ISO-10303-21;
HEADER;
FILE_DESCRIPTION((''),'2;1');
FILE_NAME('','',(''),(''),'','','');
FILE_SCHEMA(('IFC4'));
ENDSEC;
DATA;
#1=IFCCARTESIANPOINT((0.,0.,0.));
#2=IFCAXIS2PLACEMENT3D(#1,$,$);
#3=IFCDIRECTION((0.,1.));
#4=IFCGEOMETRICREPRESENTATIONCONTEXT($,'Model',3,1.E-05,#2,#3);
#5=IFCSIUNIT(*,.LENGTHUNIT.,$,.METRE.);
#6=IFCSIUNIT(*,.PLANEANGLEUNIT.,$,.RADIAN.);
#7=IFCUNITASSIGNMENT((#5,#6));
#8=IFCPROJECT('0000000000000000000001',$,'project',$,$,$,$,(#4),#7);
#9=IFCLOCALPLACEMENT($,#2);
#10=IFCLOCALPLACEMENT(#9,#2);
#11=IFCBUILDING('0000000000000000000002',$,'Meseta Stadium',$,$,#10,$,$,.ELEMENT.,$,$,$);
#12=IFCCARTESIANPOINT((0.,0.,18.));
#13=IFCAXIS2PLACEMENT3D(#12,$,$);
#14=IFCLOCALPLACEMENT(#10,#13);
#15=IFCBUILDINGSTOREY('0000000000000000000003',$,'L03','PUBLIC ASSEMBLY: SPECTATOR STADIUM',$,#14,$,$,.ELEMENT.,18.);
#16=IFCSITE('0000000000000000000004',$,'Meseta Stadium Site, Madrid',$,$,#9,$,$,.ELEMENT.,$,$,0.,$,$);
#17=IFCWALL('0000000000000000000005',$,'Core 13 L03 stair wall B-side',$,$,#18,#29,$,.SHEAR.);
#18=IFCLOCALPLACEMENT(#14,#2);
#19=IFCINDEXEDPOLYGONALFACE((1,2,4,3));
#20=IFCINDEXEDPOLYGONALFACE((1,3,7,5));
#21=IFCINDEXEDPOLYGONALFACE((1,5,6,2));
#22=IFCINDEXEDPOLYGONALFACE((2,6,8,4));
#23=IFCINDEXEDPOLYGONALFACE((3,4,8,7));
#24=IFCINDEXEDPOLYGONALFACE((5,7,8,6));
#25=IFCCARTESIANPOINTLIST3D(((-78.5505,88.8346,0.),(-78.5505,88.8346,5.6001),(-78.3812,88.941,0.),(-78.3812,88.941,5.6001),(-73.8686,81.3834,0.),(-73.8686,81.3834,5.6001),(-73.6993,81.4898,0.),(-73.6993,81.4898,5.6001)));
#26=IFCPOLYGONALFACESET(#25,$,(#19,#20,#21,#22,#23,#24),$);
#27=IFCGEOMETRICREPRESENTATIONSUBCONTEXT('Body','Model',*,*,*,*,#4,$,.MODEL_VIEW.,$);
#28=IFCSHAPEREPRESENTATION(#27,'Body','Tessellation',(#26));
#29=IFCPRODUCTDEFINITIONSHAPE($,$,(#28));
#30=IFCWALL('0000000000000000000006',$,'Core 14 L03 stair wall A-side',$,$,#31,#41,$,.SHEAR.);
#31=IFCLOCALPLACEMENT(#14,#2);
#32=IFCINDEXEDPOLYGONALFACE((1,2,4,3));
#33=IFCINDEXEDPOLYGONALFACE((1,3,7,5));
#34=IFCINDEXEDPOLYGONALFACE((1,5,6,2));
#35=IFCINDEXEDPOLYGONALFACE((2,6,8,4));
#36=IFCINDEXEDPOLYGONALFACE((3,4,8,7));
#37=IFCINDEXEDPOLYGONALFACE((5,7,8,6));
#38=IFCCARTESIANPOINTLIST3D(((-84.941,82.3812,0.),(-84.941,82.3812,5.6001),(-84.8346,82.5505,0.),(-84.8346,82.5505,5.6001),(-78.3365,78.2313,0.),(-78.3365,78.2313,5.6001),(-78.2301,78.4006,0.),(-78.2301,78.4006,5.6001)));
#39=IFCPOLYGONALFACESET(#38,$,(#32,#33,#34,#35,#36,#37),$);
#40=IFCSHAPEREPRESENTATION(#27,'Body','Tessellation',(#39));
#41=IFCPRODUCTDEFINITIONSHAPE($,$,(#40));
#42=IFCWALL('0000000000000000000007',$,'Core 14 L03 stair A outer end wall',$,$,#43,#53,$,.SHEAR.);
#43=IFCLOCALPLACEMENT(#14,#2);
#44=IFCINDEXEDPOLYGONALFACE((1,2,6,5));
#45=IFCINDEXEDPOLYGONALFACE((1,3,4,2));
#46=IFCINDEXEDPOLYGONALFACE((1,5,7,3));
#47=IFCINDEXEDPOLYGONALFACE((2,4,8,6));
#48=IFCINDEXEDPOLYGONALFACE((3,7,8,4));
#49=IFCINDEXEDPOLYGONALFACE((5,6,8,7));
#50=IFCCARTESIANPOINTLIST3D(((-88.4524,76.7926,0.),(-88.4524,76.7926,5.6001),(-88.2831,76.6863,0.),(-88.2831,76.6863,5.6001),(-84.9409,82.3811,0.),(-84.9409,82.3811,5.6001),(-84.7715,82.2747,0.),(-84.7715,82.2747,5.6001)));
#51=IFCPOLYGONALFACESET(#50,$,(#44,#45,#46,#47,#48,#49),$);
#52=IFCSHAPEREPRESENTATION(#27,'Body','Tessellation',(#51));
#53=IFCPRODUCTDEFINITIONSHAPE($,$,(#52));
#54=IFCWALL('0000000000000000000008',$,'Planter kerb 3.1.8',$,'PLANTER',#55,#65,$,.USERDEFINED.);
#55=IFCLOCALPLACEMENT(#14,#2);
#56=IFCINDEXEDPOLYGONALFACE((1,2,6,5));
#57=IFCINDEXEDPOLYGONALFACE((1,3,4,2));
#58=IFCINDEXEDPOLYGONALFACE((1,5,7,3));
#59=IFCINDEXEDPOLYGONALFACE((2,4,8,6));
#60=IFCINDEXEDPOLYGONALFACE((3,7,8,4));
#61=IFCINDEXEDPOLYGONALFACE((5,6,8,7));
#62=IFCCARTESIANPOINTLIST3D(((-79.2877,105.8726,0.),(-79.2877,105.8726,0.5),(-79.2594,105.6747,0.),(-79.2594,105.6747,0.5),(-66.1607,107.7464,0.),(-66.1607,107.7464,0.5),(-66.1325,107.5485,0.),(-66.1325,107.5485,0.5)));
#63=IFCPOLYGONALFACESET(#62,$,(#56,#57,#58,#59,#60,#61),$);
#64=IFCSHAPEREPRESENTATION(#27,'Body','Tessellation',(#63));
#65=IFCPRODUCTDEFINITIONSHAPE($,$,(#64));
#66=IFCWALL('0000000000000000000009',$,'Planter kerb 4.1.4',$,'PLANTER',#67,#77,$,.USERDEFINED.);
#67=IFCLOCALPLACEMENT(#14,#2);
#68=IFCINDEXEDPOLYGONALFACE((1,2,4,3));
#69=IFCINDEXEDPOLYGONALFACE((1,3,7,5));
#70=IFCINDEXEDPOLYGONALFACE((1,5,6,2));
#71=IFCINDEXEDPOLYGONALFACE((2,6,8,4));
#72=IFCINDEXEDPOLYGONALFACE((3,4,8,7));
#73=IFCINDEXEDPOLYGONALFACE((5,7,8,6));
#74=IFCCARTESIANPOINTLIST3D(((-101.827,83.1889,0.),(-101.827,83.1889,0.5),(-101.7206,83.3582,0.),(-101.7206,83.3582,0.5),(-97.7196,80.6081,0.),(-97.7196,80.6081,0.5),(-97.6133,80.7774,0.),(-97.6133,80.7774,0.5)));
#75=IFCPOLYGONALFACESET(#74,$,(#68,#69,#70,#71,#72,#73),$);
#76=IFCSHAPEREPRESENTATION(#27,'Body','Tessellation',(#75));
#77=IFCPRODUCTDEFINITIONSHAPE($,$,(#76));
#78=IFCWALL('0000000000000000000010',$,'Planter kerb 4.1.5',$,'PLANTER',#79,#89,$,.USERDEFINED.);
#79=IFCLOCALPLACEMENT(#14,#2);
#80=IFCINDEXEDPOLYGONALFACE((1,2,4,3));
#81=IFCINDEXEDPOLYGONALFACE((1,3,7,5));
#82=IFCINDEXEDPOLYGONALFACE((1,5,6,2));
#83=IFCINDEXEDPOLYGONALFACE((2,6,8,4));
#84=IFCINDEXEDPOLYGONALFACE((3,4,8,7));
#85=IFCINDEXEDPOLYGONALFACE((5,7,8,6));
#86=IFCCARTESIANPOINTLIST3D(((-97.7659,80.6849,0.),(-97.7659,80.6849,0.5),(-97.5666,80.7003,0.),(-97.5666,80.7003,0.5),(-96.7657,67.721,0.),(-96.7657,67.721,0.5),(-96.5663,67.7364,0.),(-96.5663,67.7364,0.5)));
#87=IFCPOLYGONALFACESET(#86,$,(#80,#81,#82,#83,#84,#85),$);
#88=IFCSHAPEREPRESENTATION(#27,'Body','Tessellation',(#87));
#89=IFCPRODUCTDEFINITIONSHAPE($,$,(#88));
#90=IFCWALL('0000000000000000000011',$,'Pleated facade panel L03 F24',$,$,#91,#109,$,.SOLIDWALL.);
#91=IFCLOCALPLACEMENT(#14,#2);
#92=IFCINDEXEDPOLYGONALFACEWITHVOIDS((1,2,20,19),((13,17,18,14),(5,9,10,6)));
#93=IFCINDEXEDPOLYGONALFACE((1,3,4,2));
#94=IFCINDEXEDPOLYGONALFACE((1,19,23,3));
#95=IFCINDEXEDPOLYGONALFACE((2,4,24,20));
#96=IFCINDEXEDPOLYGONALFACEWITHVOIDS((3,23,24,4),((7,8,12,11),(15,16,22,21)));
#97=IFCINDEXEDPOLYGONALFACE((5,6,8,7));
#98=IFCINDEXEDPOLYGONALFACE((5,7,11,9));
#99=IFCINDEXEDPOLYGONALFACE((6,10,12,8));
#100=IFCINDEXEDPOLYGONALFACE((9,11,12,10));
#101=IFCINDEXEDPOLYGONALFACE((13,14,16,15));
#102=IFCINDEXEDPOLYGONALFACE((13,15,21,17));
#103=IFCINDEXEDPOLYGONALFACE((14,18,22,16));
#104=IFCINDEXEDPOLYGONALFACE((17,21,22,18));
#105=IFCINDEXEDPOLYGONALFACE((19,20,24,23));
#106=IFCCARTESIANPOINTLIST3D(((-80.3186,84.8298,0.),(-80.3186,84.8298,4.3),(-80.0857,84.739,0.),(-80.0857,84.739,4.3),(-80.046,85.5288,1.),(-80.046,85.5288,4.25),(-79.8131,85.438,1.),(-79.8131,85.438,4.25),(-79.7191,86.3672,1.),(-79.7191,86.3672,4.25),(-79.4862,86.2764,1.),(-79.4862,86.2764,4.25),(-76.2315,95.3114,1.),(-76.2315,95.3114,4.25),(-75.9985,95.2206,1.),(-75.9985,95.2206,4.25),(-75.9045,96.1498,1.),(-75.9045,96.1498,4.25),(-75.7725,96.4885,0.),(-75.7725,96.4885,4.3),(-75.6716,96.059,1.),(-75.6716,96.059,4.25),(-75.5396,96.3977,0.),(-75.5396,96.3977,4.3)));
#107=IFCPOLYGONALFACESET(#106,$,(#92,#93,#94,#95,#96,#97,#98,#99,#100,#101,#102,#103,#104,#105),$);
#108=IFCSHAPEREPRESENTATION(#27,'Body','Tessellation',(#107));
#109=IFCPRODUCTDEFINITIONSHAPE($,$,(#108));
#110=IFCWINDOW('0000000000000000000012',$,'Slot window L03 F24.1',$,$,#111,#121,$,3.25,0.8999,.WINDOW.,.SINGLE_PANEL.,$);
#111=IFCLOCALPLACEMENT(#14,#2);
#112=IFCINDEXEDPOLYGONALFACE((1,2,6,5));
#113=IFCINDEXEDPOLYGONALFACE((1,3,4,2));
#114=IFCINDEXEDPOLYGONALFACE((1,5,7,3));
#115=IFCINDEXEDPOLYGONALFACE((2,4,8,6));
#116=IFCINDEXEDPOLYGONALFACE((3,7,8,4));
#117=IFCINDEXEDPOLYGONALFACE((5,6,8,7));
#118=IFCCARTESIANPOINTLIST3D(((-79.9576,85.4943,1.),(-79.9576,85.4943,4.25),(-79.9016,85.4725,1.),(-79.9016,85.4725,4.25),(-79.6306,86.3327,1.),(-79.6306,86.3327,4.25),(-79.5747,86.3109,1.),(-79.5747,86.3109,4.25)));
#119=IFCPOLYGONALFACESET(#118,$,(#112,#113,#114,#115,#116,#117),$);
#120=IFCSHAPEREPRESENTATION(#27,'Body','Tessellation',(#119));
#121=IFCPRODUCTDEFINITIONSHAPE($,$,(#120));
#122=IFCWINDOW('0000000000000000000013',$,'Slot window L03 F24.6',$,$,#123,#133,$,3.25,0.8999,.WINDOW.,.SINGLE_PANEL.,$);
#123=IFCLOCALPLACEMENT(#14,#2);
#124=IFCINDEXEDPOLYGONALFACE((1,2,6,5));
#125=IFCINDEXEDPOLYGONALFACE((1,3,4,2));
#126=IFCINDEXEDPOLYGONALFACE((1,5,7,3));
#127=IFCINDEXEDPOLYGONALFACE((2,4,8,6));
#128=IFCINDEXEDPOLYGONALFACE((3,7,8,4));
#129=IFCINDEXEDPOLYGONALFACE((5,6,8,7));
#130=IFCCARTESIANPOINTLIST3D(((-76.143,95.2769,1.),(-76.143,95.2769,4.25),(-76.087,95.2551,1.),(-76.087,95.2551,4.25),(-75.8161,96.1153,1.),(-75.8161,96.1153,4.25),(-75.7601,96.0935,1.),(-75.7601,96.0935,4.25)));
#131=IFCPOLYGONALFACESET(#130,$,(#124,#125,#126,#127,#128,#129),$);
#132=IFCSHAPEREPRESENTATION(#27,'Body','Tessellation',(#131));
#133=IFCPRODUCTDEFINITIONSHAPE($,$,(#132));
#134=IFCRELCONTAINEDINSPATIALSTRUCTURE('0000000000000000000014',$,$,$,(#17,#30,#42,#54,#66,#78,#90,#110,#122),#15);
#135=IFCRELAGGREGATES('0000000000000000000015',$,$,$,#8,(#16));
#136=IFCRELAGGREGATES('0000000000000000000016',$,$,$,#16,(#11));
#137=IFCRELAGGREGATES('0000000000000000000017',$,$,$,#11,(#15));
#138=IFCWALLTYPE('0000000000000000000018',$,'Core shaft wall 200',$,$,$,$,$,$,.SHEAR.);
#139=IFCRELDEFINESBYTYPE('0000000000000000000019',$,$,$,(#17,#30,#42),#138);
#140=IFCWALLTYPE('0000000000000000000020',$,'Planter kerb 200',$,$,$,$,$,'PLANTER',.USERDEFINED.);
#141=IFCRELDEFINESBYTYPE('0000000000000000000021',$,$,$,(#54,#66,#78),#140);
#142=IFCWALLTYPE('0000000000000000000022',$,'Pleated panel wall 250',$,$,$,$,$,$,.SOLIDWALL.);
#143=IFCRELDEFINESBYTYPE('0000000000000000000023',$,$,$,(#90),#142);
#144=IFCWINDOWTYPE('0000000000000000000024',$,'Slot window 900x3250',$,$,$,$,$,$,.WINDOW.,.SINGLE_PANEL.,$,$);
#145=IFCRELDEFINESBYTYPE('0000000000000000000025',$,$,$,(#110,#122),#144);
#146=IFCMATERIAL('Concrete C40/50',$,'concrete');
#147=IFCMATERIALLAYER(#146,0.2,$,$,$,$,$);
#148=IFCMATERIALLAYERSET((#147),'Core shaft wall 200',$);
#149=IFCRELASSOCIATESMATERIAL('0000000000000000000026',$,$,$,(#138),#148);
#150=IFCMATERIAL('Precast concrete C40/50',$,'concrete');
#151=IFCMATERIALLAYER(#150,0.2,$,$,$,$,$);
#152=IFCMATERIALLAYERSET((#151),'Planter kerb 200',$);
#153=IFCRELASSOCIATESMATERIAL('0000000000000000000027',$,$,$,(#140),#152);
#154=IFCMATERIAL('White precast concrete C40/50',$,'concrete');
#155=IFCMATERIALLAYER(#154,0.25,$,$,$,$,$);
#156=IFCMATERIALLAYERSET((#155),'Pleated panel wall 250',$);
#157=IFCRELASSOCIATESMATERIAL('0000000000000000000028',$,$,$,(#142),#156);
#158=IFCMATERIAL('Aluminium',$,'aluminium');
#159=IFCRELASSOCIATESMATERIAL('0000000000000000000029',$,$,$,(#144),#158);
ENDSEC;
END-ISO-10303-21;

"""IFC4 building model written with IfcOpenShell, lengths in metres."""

from ifc_helpers import new_model, si_unit, direction, frame, frame_2d, origin, place, context, subcontext, project, spatial, rectangle, extrude, material, layer, layer_set, type_object, element, fill, save


model = new_model("IFC4")

# Units and contexts
model_context = context("Model", 3, precision=1e-05, world=origin(), true_north=direction((0.0, 1.0)))
body_context = subcontext(model_context, "Body", "Model", "MODEL_VIEW")
ifc_project = project(units=[si_unit("LENGTHUNIT", "METRE"), si_unit("PLANEANGLEUNIT", "RADIAN")], contexts=[model_context])

# Site, building, storey
site_placement = place(None, origin())
site = spatial("IfcSite", under=ifc_project, at=site_placement, Name="Meseta Stadium Site, Madrid", CompositionType="ELEMENT", RefElevation=0.0)
building_placement = place(site_placement, origin())
building = spatial("IfcBuilding", under=site, at=building_placement, Name="Meseta Stadium", CompositionType="ELEMENT")
storey_placement = place(building_placement, frame((0.0, 0.0, 18.0)))
storey = spatial("IfcBuildingStorey", under=building, at=storey_placement, Name="L03", Description="PUBLIC ASSEMBLY: SPECTATOR STADIUM", CompositionType="ELEMENT", Elevation=18.0)

# Walls
ifc_material_1 = material(Name="Concrete C40/50", Category="concrete")
ifc_layer_1 = layer(ifc_material_1, 0.2)
ifc_layer_set_1 = layer_set([ifc_layer_1], Name="Core shaft wall 200")
wall_type_1 = type_object("IfcWallType", Name="Core shaft wall 200", PredefinedType="SHEAR", material=ifc_layer_set_1)
wall_1_placement = place(storey_placement, frame((-78.4658, 88.8877, 0.0), z_axis=(0.0, 0.0, 1.0), x_axis=(0.532032, -0.846724, 0.0)))
element("IfcWall", 1, at=wall_1_placement, inside=storey, type_object=wall_type_1, Name="Core 13 L03 stair wall B-side", PredefinedType="SHEAR", context=body_context, shape_type="SweptSolid", body=[
    extrude(rectangle(XDim=8.8, YDim=0.2, at=frame_2d((4.3999, 0.0))), origin(), (0.0, 0.0, 1.0), 5.6001),
])
wall_2_placement = place(storey_placement, frame((-84.8877, 82.4658, 0.0), z_axis=(0.0, 0.0, 1.0), x_axis=(0.846723, -0.532034, 0.0)))
element("IfcWall", 2, at=wall_2_placement, inside=storey, type_object=wall_type_1, Name="Core 14 L03 stair wall A-side", PredefinedType="SHEAR", context=body_context, shape_type="SweptSolid", body=[
    extrude(rectangle(XDim=7.8, YDim=0.2, at=frame_2d((3.8999, 0.0))), origin(), (0.0, 0.0, 1.0), 5.6001),
])
wall_3_placement = place(storey_placement, frame((-84.8562, 82.3279, 0.0), z_axis=(0.0, 0.0, 1.0), x_axis=(-0.532039, -0.84672, 0.0)))
element("IfcWall", 3, at=wall_3_placement, inside=storey, type_object=wall_type_1, Name="Core 14 L03 stair A outer end wall", PredefinedType="SHEAR", context=body_context, shape_type="SweptSolid", body=[
    extrude(rectangle(XDim=6.6001, YDim=0.2, at=frame_2d((3.3, 0.0))), origin(), (0.0, 0.0, 1.0), 5.6001),
])
ifc_material_2 = material(Name="Precast concrete C40/50", Category="concrete")
ifc_layer_2 = layer(ifc_material_2, 0.2)
ifc_layer_set_2 = layer_set([ifc_layer_2], Name="Planter kerb 200")
wall_type_2 = type_object("IfcWallType", Name="Planter kerb 200", ElementType="PLANTER", PredefinedType="USERDEFINED", material=ifc_layer_set_2)
wall_4_placement = place(storey_placement, frame((-79.2734, 105.7737, 0.0), z_axis=(0.0, 0.0, 1.0), x_axis=(0.989965, 0.141311, 0.0)))
element("IfcWall", 4, at=wall_4_placement, inside=storey, type_object=wall_type_2, Name="Planter kerb 3.1.8", ObjectType="PLANTER", PredefinedType="USERDEFINED", context=body_context, shape_type="SweptSolid", body=[
    extrude(rectangle(XDim=13.26, YDim=0.2, at=frame_2d((6.6299, 0.0))), origin(), (0.0, 0.0, 1.0), 0.5),
])
wall_5_placement = place(storey_placement, frame((-101.7737, 83.2734, 0.0), z_axis=(0.0, 0.0, 1.0), x_axis=(0.846729, -0.532024, 0.0)))
element("IfcWall", 5, at=wall_5_placement, inside=storey, type_object=wall_type_2, Name="Planter kerb 4.1.4", ObjectType="PLANTER", PredefinedType="USERDEFINED", context=body_context, shape_type="SweptSolid", body=[
    extrude(rectangle(XDim=4.8508, YDim=0.2, at=frame_2d((2.4253, 0.0))), origin(), (0.0, 0.0, 1.0), 0.5),
])
wall_6_placement = place(storey_placement, frame((-97.6663, 80.6926, 0.0), z_axis=(0.0, 0.0, 1.0), x_axis=(0.076928, -0.997037, 0.0)))
element("IfcWall", 6, at=wall_6_placement, inside=storey, type_object=wall_type_2, Name="Planter kerb 4.1.5", ObjectType="PLANTER", PredefinedType="USERDEFINED", context=body_context, shape_type="SweptSolid", body=[
    extrude(rectangle(XDim=13.0024, YDim=0.2, at=frame_2d((6.5012, 0.0))), origin(), (0.0, 0.0, 1.0), 0.5),
])

# Wall, openings, windows
ifc_material_3 = material(Name="White precast concrete C40/50", Category="concrete")
ifc_layer_3 = layer(ifc_material_3, 0.25)
ifc_layer_set_3 = layer_set([ifc_layer_3], Name="Pleated panel wall 250")
wall_type_3 = type_object("IfcWallType", Name="Pleated panel wall 250", PredefinedType="SOLIDWALL", material=ifc_layer_set_3)
wall_7_placement = place(storey_placement, frame((-80.2021, 84.7844, 0.0), z_axis=(0.0, 0.0, 1.0), x_axis=(0.363293, 0.931675, 0.0)))
wall_7 = element("IfcWall", 7, at=wall_7_placement, inside=storey, type_object=wall_type_3, Name="Pleated facade panel L03 F24", PredefinedType="SOLIDWALL", context=body_context, shape_type="SweptSolid", body=[
    extrude(rectangle(XDim=12.5137, YDim=0.25, at=frame_2d((6.2568, 0.0))), origin(), (0.0, 0.0, 1.0), 4.3),
])
opening_1_placement = place(wall_7_placement, frame((0.7502, 0.0, 1.0)))
opening_1 = element("IfcOpeningElement", 8, at=opening_1_placement, cuts=wall_7, PredefinedType="OPENING", context=body_context, shape_type="SweptSolid", body=[
    extrude(rectangle(XDim=0.8999, YDim=3.25, at=frame_2d((0.45, 1.625))), frame((0.0, 0.135, 0.0), z_axis=(0.0, -1.0, 0.0), x_axis=(1.0, 0.0, 0.0)), (0.0, 0.0, 1.0), 0.27),
])
opening_2_placement = place(wall_7_placement, frame((11.2502, 0.0, 1.0)))
opening_2 = element("IfcOpeningElement", 9, at=opening_2_placement, cuts=wall_7, PredefinedType="OPENING", context=body_context, shape_type="SweptSolid", body=[
    extrude(rectangle(XDim=0.8999, YDim=3.25, at=frame_2d((0.45, 1.625))), frame((0.0, 0.135, 0.0), z_axis=(0.0, -1.0, 0.0), x_axis=(1.0, 0.0, 0.0)), (0.0, 0.0, 1.0), 0.27),
])
ifc_material_4 = material(Name="Aluminium", Category="aluminium")
window_type = type_object("IfcWindowType", Name="Slot window 900x3250", PartitioningType="SINGLE_PANEL", PredefinedType="WINDOW", material=ifc_material_4)
window_1_placement = place(opening_1_placement, origin())
window_1 = element("IfcWindow", 10, at=window_1_placement, inside=storey, type_object=window_type, Name="Slot window L03 F24.1", OverallHeight=3.25, OverallWidth=0.8999, PartitioningType="SINGLE_PANEL", PredefinedType="WINDOW", context=body_context, shape_type="SweptSolid", body=[
    extrude(rectangle(XDim=0.8999, YDim=3.25, at=frame_2d((0.45, 1.625))), frame((0.0, 0.03, 0.0), z_axis=(0.0, -1.0, 0.0), x_axis=(1.0, 0.0, 0.0)), (0.0, 0.0, 1.0), 0.0601),
])
fill(opening_1, window_1)
window_2_placement = place(opening_2_placement, origin())
window_2 = element("IfcWindow", 11, at=window_2_placement, inside=storey, type_object=window_type, Name="Slot window L03 F24.6", OverallHeight=3.25, OverallWidth=0.8999, PartitioningType="SINGLE_PANEL", PredefinedType="WINDOW", context=body_context, shape_type="SweptSolid", body=[
    extrude(rectangle(XDim=0.8999, YDim=3.25, at=frame_2d((0.45, 1.625))), frame((0.0, 0.03, 0.0), z_axis=(0.0, -1.0, 0.0), x_axis=(1.0, 0.0, 0.0)), (0.0, 0.0, 1.0), 0.0601),
])
fill(opening_2, window_2)

save(model, "model.ifc")
